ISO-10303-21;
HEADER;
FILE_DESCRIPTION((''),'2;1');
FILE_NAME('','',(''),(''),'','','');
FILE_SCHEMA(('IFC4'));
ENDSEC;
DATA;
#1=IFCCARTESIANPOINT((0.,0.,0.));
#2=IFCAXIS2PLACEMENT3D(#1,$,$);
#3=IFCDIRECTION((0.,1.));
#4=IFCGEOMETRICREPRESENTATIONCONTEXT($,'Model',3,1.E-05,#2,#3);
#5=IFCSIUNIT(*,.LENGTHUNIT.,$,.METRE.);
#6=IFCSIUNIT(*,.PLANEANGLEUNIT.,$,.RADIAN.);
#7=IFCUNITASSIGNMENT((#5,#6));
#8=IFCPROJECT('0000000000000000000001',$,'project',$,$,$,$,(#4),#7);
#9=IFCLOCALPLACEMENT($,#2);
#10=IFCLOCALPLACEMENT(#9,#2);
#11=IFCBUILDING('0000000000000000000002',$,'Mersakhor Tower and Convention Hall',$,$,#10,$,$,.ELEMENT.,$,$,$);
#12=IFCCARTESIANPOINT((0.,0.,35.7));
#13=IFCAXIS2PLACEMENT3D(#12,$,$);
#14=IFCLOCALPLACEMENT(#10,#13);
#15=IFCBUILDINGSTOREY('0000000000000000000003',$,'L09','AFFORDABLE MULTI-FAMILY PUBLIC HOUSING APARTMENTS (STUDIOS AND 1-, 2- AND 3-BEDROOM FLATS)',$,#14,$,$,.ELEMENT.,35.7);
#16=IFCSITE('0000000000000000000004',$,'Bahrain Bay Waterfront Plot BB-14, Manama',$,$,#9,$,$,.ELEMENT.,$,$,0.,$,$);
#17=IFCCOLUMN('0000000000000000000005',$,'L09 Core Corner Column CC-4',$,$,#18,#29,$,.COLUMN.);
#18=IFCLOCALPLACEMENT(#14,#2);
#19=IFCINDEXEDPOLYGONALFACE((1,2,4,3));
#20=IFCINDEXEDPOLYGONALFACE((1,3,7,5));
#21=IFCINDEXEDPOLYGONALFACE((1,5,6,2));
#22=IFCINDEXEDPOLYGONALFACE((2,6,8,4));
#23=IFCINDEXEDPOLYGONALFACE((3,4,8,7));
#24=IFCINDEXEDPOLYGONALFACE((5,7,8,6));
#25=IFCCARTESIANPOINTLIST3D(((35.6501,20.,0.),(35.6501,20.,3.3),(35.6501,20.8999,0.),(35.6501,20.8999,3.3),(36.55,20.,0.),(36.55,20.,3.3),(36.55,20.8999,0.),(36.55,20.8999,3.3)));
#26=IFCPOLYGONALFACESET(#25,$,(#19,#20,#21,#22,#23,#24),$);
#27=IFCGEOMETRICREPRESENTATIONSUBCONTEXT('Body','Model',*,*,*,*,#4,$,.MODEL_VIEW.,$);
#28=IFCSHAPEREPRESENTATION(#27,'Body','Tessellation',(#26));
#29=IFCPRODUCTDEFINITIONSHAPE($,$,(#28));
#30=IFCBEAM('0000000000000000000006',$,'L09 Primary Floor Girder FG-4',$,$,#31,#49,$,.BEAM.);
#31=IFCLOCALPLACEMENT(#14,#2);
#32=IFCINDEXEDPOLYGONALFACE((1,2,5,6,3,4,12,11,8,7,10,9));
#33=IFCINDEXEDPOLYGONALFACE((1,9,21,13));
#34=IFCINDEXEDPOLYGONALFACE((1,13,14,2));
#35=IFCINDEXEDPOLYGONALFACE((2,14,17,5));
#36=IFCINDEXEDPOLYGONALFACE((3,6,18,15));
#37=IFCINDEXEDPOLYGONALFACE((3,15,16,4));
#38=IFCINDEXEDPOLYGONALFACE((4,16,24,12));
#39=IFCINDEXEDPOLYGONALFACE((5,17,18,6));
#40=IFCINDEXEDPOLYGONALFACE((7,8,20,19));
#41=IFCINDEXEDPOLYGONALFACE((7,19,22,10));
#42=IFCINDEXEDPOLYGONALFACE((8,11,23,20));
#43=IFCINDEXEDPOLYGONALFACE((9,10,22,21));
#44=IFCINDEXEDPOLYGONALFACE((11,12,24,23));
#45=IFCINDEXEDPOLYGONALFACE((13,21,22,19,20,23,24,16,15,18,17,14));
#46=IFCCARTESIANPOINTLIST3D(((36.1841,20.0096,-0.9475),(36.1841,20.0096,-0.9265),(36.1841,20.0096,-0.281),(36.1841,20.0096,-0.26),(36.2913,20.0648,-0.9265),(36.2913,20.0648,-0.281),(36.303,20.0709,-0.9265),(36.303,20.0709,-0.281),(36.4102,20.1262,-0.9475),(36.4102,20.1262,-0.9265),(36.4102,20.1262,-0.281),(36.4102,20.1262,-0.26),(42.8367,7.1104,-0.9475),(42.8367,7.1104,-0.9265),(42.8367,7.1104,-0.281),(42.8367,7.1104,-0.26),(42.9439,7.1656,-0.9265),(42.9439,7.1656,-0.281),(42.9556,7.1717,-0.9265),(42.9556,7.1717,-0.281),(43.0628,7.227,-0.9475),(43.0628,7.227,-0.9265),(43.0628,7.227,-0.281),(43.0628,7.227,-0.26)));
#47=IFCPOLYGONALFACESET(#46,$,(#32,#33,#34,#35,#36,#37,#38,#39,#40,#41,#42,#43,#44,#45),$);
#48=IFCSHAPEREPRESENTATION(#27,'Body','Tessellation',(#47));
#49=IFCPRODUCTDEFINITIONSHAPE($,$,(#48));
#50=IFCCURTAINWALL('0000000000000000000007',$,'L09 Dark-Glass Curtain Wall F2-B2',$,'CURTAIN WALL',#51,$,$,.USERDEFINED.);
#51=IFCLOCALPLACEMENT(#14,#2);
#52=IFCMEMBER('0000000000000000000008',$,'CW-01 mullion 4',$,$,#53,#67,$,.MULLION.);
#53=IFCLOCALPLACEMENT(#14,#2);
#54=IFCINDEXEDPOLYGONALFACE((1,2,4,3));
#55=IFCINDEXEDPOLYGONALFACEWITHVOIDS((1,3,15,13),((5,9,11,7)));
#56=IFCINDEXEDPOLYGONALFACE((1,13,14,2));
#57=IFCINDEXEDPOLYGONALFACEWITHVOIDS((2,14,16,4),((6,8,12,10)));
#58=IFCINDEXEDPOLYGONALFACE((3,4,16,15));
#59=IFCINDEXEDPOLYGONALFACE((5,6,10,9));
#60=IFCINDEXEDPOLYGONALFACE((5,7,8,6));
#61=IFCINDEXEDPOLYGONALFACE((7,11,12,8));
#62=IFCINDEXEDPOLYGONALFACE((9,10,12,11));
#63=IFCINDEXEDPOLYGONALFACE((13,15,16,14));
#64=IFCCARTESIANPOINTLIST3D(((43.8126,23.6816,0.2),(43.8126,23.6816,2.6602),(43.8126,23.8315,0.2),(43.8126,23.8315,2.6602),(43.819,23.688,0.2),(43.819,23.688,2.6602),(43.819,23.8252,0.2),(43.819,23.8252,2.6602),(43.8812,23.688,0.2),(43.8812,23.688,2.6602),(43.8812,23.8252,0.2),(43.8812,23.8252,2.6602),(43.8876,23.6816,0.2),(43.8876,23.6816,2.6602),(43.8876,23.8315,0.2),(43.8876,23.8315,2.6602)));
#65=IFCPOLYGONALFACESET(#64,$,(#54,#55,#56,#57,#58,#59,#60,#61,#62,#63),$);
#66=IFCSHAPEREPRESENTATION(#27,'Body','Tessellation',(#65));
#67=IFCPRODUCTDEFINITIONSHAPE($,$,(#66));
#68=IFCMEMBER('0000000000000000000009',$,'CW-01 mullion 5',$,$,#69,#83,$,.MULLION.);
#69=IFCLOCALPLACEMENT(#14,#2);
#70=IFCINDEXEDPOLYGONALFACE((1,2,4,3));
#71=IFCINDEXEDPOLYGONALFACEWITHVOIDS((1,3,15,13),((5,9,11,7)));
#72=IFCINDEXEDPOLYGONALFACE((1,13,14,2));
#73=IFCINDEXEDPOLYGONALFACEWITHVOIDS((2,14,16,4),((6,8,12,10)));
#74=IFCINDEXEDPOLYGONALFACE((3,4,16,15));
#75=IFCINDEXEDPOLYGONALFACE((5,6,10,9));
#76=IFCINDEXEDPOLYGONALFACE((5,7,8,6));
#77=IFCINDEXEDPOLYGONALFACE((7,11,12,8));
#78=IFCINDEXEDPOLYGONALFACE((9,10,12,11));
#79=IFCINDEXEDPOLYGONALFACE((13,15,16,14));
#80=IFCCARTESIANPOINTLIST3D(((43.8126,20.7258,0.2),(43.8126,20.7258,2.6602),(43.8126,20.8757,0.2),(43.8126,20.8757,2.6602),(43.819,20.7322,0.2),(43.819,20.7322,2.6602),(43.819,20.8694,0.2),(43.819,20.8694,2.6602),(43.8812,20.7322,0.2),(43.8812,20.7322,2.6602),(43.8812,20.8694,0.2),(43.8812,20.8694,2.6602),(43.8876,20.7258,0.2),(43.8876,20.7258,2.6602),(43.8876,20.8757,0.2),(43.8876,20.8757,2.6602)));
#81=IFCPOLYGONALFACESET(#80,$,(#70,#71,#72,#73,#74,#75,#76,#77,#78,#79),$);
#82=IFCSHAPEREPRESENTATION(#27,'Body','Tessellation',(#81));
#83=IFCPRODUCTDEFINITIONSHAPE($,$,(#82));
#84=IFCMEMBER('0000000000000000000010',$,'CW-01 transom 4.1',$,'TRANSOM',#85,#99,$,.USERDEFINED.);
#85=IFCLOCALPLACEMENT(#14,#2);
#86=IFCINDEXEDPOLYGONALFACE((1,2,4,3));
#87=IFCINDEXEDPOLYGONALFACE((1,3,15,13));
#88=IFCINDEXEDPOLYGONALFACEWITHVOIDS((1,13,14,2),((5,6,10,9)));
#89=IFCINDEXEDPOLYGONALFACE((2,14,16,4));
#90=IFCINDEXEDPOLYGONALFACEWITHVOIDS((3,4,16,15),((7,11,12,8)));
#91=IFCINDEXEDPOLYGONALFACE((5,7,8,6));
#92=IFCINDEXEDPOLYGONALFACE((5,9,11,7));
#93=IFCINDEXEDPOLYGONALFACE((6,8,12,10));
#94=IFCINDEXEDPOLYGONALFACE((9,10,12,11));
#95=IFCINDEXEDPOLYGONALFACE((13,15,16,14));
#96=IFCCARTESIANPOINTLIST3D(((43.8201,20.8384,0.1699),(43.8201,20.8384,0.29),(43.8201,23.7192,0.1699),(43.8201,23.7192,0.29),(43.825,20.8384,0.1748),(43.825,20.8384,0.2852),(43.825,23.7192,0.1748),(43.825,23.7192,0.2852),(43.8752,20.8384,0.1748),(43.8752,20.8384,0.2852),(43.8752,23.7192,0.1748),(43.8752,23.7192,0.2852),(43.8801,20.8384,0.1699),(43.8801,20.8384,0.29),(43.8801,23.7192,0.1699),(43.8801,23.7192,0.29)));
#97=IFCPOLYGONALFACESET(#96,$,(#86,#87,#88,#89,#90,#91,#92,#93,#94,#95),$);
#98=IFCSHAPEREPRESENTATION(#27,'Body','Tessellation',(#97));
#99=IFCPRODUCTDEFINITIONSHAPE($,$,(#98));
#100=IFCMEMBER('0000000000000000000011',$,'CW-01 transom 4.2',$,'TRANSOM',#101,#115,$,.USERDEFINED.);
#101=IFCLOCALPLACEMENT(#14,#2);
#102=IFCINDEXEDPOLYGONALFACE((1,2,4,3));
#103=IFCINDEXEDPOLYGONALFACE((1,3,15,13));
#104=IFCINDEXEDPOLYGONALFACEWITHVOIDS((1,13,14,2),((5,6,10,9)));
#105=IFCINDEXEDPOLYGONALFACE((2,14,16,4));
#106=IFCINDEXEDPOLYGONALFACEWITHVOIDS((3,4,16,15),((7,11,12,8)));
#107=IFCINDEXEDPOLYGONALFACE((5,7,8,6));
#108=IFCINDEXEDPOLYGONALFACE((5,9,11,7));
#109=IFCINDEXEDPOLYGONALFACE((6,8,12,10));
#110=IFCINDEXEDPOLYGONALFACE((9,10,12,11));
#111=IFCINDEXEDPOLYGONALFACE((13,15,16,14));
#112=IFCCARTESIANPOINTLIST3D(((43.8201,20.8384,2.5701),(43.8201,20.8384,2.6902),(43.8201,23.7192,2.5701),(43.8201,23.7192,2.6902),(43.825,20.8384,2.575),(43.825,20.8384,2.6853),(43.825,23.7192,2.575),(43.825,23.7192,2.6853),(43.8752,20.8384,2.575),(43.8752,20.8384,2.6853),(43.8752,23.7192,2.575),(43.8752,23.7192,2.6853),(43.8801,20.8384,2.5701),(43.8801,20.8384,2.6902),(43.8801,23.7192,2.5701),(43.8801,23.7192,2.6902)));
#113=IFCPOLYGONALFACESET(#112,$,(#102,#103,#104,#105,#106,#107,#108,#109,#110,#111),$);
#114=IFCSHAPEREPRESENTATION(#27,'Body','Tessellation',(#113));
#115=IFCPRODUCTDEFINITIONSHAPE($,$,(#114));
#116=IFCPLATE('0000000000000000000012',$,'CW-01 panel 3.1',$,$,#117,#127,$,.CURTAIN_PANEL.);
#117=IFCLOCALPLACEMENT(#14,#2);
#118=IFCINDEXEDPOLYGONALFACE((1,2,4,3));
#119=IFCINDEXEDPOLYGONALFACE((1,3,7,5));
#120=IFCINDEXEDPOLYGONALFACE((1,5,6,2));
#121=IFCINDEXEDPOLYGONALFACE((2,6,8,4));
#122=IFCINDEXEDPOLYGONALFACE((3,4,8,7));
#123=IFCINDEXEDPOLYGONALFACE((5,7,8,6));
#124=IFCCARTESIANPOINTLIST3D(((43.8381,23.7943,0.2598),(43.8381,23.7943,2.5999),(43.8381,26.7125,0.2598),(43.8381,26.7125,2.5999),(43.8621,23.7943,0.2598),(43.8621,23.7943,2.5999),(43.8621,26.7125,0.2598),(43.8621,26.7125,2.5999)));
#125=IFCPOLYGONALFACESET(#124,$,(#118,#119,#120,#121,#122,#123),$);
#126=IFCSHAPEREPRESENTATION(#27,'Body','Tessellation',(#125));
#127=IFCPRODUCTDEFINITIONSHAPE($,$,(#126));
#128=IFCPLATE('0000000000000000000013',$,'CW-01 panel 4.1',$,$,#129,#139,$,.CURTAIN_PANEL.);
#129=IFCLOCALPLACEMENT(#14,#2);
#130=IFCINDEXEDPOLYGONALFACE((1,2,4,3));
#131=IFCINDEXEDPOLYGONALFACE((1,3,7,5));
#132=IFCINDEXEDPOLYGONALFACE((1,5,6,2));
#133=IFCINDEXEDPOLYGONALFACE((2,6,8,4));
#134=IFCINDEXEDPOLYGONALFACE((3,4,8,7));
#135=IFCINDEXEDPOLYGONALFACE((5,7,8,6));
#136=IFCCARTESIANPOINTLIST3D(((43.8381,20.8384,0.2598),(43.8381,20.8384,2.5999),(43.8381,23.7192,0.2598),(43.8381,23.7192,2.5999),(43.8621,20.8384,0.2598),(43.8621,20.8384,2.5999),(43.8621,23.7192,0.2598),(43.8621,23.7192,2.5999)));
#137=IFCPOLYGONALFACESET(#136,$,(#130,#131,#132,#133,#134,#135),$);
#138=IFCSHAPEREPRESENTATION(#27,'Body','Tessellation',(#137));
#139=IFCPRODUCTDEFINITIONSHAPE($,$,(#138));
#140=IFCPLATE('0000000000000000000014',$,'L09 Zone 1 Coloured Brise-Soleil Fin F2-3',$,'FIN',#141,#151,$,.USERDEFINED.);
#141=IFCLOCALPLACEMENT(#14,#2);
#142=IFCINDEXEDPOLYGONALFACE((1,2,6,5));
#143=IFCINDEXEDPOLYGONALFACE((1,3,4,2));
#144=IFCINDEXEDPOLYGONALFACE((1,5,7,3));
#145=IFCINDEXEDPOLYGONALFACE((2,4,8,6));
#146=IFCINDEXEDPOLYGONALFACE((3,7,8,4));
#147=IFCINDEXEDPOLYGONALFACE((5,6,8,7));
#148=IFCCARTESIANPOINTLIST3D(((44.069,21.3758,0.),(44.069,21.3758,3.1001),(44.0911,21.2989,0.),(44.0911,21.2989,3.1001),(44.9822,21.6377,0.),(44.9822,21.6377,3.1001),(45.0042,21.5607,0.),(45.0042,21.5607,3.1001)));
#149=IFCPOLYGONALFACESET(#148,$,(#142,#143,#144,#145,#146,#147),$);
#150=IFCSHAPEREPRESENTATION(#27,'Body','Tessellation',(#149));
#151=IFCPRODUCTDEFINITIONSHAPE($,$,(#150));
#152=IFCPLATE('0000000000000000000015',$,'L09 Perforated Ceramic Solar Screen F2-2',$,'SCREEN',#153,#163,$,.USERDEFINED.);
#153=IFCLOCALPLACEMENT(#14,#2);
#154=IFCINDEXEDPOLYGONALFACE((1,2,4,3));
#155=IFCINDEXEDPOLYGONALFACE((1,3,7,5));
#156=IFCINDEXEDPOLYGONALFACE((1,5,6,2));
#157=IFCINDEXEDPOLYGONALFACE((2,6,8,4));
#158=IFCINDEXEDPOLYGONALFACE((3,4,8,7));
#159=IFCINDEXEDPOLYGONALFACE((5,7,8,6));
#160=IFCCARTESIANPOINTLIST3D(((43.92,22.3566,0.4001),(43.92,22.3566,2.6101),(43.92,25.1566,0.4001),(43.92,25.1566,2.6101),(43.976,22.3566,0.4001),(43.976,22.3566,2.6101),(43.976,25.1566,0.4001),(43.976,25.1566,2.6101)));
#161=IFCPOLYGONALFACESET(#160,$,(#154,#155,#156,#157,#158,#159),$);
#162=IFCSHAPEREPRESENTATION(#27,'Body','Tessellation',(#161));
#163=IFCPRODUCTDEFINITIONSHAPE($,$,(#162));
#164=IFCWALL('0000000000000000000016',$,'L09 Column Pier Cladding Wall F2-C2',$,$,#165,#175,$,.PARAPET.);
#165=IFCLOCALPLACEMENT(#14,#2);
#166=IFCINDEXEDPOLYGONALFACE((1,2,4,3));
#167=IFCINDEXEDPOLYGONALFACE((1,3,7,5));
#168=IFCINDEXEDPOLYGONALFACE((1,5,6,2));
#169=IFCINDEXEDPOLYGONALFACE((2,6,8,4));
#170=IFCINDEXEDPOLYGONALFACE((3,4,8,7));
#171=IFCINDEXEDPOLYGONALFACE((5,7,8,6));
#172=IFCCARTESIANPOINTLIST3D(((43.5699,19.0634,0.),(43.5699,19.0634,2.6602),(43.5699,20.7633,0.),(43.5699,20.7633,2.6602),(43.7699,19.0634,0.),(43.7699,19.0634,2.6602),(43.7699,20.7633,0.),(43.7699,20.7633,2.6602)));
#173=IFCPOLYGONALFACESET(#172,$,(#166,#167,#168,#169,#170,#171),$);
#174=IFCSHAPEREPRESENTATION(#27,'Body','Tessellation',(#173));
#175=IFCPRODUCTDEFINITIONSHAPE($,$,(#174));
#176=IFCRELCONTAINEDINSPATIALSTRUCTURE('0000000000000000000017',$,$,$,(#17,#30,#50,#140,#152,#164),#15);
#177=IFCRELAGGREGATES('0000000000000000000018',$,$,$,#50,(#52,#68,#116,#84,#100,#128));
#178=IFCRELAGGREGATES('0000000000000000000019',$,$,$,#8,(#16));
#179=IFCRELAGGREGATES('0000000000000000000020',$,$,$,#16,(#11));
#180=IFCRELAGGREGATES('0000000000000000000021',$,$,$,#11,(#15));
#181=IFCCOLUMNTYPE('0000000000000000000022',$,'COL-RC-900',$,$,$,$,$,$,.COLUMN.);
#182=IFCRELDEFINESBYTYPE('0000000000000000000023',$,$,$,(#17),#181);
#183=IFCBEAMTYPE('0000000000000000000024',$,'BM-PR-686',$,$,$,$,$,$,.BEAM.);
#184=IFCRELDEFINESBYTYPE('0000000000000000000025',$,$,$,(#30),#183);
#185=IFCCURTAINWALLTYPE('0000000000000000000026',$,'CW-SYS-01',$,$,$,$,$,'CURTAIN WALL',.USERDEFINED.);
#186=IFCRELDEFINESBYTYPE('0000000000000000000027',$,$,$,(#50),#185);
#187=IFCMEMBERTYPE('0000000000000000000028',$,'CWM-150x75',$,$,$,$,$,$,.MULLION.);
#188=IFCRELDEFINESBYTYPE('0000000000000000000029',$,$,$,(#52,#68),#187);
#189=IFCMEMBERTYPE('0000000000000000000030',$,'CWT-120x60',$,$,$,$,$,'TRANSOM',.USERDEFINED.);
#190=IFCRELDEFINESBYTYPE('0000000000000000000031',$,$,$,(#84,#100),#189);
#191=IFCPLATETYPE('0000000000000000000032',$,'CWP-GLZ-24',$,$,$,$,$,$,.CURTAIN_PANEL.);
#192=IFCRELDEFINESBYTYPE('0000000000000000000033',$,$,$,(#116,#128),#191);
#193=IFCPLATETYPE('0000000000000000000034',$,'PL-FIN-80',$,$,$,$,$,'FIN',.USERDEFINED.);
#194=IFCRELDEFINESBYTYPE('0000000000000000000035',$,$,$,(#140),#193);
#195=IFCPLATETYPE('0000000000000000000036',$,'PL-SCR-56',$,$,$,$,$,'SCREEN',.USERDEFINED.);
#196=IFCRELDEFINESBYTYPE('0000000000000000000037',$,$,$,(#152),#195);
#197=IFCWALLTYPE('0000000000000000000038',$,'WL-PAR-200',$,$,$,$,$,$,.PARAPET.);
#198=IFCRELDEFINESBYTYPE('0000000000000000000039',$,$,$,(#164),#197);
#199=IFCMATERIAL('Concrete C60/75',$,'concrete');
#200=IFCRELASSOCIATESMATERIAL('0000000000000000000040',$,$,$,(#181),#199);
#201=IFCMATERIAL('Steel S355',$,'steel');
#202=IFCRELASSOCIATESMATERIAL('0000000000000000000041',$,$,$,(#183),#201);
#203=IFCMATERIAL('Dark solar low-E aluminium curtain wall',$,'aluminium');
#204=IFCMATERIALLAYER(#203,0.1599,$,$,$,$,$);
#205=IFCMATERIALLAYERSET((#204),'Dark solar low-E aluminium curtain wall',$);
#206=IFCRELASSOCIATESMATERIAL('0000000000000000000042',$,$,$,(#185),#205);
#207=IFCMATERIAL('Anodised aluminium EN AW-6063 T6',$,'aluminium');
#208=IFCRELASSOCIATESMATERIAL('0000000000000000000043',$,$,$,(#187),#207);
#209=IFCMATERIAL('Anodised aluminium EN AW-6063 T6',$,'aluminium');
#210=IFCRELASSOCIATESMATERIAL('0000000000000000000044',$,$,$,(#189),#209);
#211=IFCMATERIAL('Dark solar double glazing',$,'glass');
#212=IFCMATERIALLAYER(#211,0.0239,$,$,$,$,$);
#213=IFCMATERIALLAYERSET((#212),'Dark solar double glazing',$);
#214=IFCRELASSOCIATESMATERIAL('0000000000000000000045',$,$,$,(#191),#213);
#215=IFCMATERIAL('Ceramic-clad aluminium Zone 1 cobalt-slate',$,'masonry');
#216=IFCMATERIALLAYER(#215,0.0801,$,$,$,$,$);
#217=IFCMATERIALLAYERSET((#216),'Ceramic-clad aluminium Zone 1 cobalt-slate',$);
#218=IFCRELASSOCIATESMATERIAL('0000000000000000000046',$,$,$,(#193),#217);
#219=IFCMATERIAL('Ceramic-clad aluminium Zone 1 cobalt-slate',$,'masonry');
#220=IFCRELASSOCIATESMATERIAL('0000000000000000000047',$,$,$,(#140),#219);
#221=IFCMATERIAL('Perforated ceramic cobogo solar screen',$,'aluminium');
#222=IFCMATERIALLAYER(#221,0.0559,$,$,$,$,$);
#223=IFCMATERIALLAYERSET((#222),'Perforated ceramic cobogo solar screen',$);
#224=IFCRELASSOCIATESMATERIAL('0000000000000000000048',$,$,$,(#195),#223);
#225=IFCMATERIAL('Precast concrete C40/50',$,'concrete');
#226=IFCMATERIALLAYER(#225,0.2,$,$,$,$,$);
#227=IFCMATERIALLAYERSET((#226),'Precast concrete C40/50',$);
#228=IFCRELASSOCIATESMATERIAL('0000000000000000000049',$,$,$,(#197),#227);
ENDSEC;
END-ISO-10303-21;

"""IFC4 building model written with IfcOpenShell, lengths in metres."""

from ifc_helpers import new_model, si_unit, direction, frame, frame_2d, origin, origin_2d, place, context, subcontext, project, spatial, rectangle, hollow_rectangle, i_section, extrude, material, layer, layer_set, material_profile, profile_set, type_object, element, aggregate, save


model = new_model("IFC4")

# Units and contexts
model_context = context("Model", 3, precision=1e-05, world=origin(), true_north=direction((0.0, 1.0)))
body_context = subcontext(model_context, "Body", "Model", "MODEL_VIEW")
ifc_project = project(units=[si_unit("LENGTHUNIT", "METRE"), si_unit("PLANEANGLEUNIT", "RADIAN")], contexts=[model_context])

# Site, building, storey
site_placement = place(None, origin())
site = spatial("IfcSite", under=ifc_project, at=site_placement, Name="Bahrain Bay Waterfront Plot BB-14, Manama", CompositionType="ELEMENT", RefElevation=0.0)
building_placement = place(site_placement, origin())
building = spatial("IfcBuilding", under=site, at=building_placement, Name="Mersakhor Tower and Convention Hall", CompositionType="ELEMENT")
storey_placement = place(building_placement, frame((0.0, 0.0, 35.7)))
storey = spatial("IfcBuildingStorey", under=building, at=storey_placement, Name="L09", Description="AFFORDABLE MULTI-FAMILY PUBLIC HOUSING APARTMENTS (STUDIOS AND 1-, 2- AND 3-BEDROOM FLATS)", CompositionType="ELEMENT", Elevation=35.7)

# Column
ifc_material_1 = material(Name="Concrete C60/75", Category="concrete")
ifc_material_profile_1 = material_profile(ifc_material_1, rectangle(XDim=0.8999, YDim=0.8999, at=origin_2d()), Name="RC 900x900")
ifc_profile_set_1 = profile_set([ifc_material_profile_1], Name="Concrete C60/75")
column_type = type_object("IfcColumnType", Name="COL-RC-900", PredefinedType="COLUMN", material=ifc_profile_set_1)
column_placement = place(storey_placement, frame((36.1001, 20.45, 0.0), z_axis=(0.0, 0.0, 1.0), x_axis=(1.0, 0.0, 0.0)))
element("IfcColumn", 1, at=column_placement, inside=storey, type_object=column_type, Name="L09 Core Corner Column CC-4", PredefinedType="COLUMN", context=body_context, shape_type="SweptSolid", body=[
    extrude(rectangle(XDim=0.8999, YDim=0.8999, at=origin_2d()), origin(), (0.0, 0.0, 1.0), 3.3),
])

# Beam
ifc_material_2 = material(Name="Steel S355", Category="steel")
ifc_material_profile_2 = material_profile(ifc_material_2, i_section(OverallWidth=0.2544, OverallDepth=0.6875, WebThickness=0.0132, FlangeThickness=0.021, at=origin_2d()), Name="UB 686x254x152")
ifc_profile_set_2 = profile_set([ifc_material_profile_2], Name="Steel S355")
beam_type = type_object("IfcBeamType", Name="BM-PR-686", PredefinedType="BEAM", material=ifc_profile_set_2)
beam_placement = place(storey_placement, frame((36.2971, 20.0679, -0.6038), z_axis=(0.458368, -0.888762, 0.0), x_axis=(0.888762, 0.458368, 0.0)))
element("IfcBeam", 2, at=beam_placement, inside=storey, type_object=beam_type, Name="L09 Primary Floor Girder FG-4", PredefinedType="BEAM", context=body_context, shape_type="SweptSolid", body=[
    extrude(i_section(OverallWidth=0.2544, OverallDepth=0.6875, WebThickness=0.0132, FlangeThickness=0.021, at=origin_2d()), origin(), (0.0, 0.0, 1.0), 14.5137),
])

# Curtain wall, members, plates
ifc_material_3 = material(Name="Dark solar low-E aluminium curtain wall", Category="aluminium")
ifc_layer_1 = layer(ifc_material_3, 0.1599)
ifc_layer_set_1 = layer_set([ifc_layer_1], Name="Dark solar low-E aluminium curtain wall")
curtain_wall_type = type_object("IfcCurtainWallType", Name="CW-SYS-01", ElementType="CURTAIN WALL", PredefinedType="USERDEFINED", material=ifc_layer_set_1)
curtain_wall_placement = place(storey_placement, origin())
curtain_wall = element("IfcCurtainWall", 3, at=curtain_wall_placement, inside=storey, type_object=curtain_wall_type, Name="L09 Dark-Glass Curtain Wall F2-B2", ObjectType="CURTAIN WALL", PredefinedType="USERDEFINED")
ifc_material_4 = material(Name="Anodised aluminium EN AW-6063 T6", Category="aluminium")
ifc_material_profile_3 = material_profile(ifc_material_4, hollow_rectangle(XDim=0.075, YDim=0.1499, WallThickness=0.0063, at=origin_2d()), Name="RHS 150x75x6.3")
ifc_profile_set_3 = profile_set([ifc_material_profile_3], Name="Anodised aluminium EN AW-6063 T6")
member_type_1 = type_object("IfcMemberType", Name="CWM-150x75", PredefinedType="MULLION", material=ifc_profile_set_3)
member_1_placement = place(storey_placement, frame((43.8501, 23.7566, 0.2), z_axis=(0.0, 0.0, 1.0), x_axis=(1.0, 0.0, 0.0)))
member_1 = element("IfcMember", 4, at=member_1_placement, type_object=member_type_1, Name="CW-01 mullion 4", PredefinedType="MULLION", context=body_context, shape_type="SweptSolid", body=[
    extrude(hollow_rectangle(XDim=0.075, YDim=0.1499, WallThickness=0.0063, at=origin_2d()), origin(), (0.0, 0.0, 1.0), 2.4602),
])
member_2_placement = place(storey_placement, frame((43.8501, 20.8008, 0.2), z_axis=(0.0, 0.0, 1.0), x_axis=(1.0, 0.0, 0.0)))
member_2 = element("IfcMember", 5, at=member_2_placement, type_object=member_type_1, Name="CW-01 mullion 5", PredefinedType="MULLION", context=body_context, shape_type="SweptSolid", body=[
    extrude(hollow_rectangle(XDim=0.075, YDim=0.1499, WallThickness=0.0063, at=origin_2d()), origin(), (0.0, 0.0, 1.0), 2.4602),
])
ifc_material_5 = material(Name="Anodised aluminium EN AW-6063 T6", Category="aluminium")
ifc_material_profile_4 = material_profile(ifc_material_5, hollow_rectangle(XDim=0.0601, YDim=0.1201, WallThickness=0.0049, at=origin_2d()), Name="RHS 120x60x5")
ifc_profile_set_4 = profile_set([ifc_material_profile_4], Name="Anodised aluminium EN AW-6063 T6")
member_type_2 = type_object("IfcMemberType", Name="CWT-120x60", ElementType="TRANSOM", PredefinedType="USERDEFINED", material=ifc_profile_set_4)
member_3_placement = place(storey_placement, frame((43.8501, 23.7192, 0.23), z_axis=(0.0, -1.0, 0.0), x_axis=(1.0, 0.0, 0.0)))
member_3 = element("IfcMember", 6, at=member_3_placement, type_object=member_type_2, Name="CW-01 transom 4.1", ObjectType="TRANSOM", PredefinedType="USERDEFINED", context=body_context, shape_type="SweptSolid", body=[
    extrude(hollow_rectangle(XDim=0.0601, YDim=0.1201, WallThickness=0.0049, at=origin_2d()), origin(), (0.0, 0.0, 1.0), 2.8809),
])
member_4_placement = place(storey_placement, frame((43.8501, 23.7192, 2.6301), z_axis=(0.0, -1.0, 0.0), x_axis=(1.0, 0.0, 0.0)))
member_4 = element("IfcMember", 7, at=member_4_placement, type_object=member_type_2, Name="CW-01 transom 4.2", ObjectType="TRANSOM", PredefinedType="USERDEFINED", context=body_context, shape_type="SweptSolid", body=[
    extrude(hollow_rectangle(XDim=0.0601, YDim=0.1201, WallThickness=0.0049, at=origin_2d()), origin(), (0.0, 0.0, 1.0), 2.8809),
])
ifc_material_6 = material(Name="Dark solar double glazing", Category="glass")
ifc_layer_2 = layer(ifc_material_6, 0.0239)
ifc_layer_set_2 = layer_set([ifc_layer_2], Name="Dark solar double glazing")
plate_type_1 = type_object("IfcPlateType", Name="CWP-GLZ-24", PredefinedType="CURTAIN_PANEL", material=ifc_layer_set_2)
plate_1_placement = place(storey_placement, frame((43.8501, 25.2534, 0.2598), z_axis=(0.0, 0.0, 1.0), x_axis=(0.0, -1.0, 0.0)))
plate_1 = element("IfcPlate", 8, at=plate_1_placement, type_object=plate_type_1, Name="CW-01 panel 3.1", PredefinedType="CURTAIN_PANEL", context=body_context, shape_type="SweptSolid", body=[
    extrude(rectangle(XDim=2.9182, YDim=0.0239, at=origin_2d()), origin(), (0.0, 0.0, 1.0), 2.3401),
])
plate_2_placement = place(storey_placement, frame((43.8501, 22.2788, 0.2598), z_axis=(0.0, 0.0, 1.0), x_axis=(0.0, -1.0, 0.0)))
plate_2 = element("IfcPlate", 9, at=plate_2_placement, type_object=plate_type_1, Name="CW-01 panel 4.1", PredefinedType="CURTAIN_PANEL", context=body_context, shape_type="SweptSolid", body=[
    extrude(rectangle(XDim=2.8809, YDim=0.0239, at=origin_2d()), origin(), (0.0, 0.0, 1.0), 2.3401),
])
aggregate(curtain_wall, [member_1, member_2, plate_1, member_3, member_4, plate_2])

# Plates
ifc_material_7 = material(Name="Ceramic-clad aluminium Zone 1 cobalt-slate", Category="masonry")
ifc_material_8 = material(Name="Ceramic-clad aluminium Zone 1 cobalt-slate", Category="masonry")
ifc_layer_3 = layer(ifc_material_8, 0.0801)
ifc_layer_set_3 = layer_set([ifc_layer_3], Name="Ceramic-clad aluminium Zone 1 cobalt-slate")
plate_type_2 = type_object("IfcPlateType", Name="PL-FIN-80", ElementType="FIN", PredefinedType="USERDEFINED", material=ifc_layer_set_3)
plate_3_placement = place(storey_placement, frame((44.5366, 21.4683, 0.0), z_axis=(0.0, 0.0, 1.0), x_axis=(0.961262, 0.275637, 0.0)))
element("IfcPlate", 10, at=plate_3_placement, inside=storey, type_object=plate_type_2, material=ifc_material_7, Name="L09 Zone 1 Coloured Brise-Soleil Fin F2-3", ObjectType="FIN", PredefinedType="USERDEFINED", context=body_context, shape_type="SweptSolid", body=[
    extrude(rectangle(XDim=0.95, YDim=0.0801, at=origin_2d()), origin(), (0.0, 0.0, 1.0), 3.1001),
])
ifc_material_9 = material(Name="Perforated ceramic cobogo solar screen", Category="aluminium")
ifc_layer_4 = layer(ifc_material_9, 0.0559)
ifc_layer_set_4 = layer_set([ifc_layer_4], Name="Perforated ceramic cobogo solar screen")
plate_type_3 = type_object("IfcPlateType", Name="PL-SCR-56", ElementType="SCREEN", PredefinedType="USERDEFINED", material=ifc_layer_set_4)
plate_4_placement = place(storey_placement, frame((43.948, 23.7566, 0.4001), z_axis=(0.0, 0.0, 1.0), x_axis=(0.0, -1.0, 0.0)))
element("IfcPlate", 11, at=plate_4_placement, inside=storey, type_object=plate_type_3, Name="L09 Perforated Ceramic Solar Screen F2-2", ObjectType="SCREEN", PredefinedType="USERDEFINED", context=body_context, shape_type="SweptSolid", body=[
    extrude(rectangle(XDim=2.8, YDim=0.0559, at=origin_2d()), origin(), (0.0, 0.0, 1.0), 2.21),
])

# Wall
ifc_material_10 = material(Name="Precast concrete C40/50", Category="concrete")
ifc_layer_5 = layer(ifc_material_10, 0.2)
ifc_layer_set_5 = layer_set([ifc_layer_5], Name="Precast concrete C40/50")
wall_type_1 = type_object("IfcWallType", Name="WL-PAR-200", PredefinedType="PARAPET", material=ifc_layer_set_5)
wall_1_placement = place(storey_placement, frame((43.6699, 20.7634, 0.0), z_axis=(0.0, 0.0, 1.0), x_axis=(0.0, -1.0, 0.0)))
element("IfcWall", 12, at=wall_1_placement, inside=storey, type_object=wall_type_1, Name="L09 Column Pier Cladding Wall F2-C2", PredefinedType="PARAPET", context=body_context, shape_type="SweptSolid", body=[
    extrude(rectangle(XDim=1.7, YDim=0.2, at=frame_2d((0.8501, 0.0))), origin(), (0.0, 0.0, 1.0), 2.6602),
])

save(model, "model.ifc")
